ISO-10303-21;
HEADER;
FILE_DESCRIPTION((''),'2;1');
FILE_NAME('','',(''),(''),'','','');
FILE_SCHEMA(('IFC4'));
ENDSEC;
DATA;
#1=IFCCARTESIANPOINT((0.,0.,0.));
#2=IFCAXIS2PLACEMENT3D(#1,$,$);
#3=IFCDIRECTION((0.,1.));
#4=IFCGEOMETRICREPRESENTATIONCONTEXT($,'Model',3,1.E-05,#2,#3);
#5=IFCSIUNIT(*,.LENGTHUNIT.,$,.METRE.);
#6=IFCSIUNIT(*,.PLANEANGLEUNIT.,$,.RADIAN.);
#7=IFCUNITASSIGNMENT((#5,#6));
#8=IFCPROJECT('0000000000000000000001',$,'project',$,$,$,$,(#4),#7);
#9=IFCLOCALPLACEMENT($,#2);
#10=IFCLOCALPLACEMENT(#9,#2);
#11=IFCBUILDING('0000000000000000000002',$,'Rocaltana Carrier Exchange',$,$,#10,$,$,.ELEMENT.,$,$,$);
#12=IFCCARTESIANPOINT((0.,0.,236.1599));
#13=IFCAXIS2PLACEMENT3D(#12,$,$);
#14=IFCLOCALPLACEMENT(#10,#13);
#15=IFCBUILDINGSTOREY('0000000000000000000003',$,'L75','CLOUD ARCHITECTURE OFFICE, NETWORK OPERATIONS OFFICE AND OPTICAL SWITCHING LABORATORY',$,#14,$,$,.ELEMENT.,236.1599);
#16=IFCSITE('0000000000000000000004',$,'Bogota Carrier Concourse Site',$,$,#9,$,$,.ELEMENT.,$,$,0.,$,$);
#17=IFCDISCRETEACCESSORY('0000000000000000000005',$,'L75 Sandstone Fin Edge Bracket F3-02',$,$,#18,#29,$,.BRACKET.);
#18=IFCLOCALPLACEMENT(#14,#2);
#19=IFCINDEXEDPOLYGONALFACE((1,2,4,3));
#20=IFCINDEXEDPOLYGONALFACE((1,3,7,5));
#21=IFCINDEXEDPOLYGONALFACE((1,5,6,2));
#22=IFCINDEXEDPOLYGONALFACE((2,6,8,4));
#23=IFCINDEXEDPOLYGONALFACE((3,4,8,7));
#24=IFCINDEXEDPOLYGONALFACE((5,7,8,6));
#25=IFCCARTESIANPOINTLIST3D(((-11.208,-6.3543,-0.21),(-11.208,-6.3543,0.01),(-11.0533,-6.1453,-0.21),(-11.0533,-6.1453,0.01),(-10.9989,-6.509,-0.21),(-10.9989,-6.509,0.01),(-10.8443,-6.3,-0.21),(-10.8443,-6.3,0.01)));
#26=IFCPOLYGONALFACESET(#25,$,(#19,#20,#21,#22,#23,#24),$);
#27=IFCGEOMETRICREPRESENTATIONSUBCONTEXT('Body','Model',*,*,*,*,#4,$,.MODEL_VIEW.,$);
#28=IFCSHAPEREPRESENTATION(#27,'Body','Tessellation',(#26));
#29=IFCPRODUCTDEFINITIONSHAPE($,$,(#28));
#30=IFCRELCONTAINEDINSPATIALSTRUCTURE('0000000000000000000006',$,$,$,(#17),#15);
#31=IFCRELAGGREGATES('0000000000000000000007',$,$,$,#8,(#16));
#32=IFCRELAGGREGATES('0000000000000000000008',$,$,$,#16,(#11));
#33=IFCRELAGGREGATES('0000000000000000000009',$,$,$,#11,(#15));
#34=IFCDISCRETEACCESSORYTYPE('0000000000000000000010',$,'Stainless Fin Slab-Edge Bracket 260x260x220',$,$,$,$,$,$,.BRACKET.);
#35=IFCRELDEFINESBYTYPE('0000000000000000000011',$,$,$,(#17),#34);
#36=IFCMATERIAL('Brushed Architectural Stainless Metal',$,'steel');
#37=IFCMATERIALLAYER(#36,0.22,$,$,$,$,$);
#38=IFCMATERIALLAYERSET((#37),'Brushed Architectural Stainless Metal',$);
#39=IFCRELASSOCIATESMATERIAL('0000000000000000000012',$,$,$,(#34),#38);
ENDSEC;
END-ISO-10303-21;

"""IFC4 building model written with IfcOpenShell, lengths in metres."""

from ifc_helpers import new_model, si_unit, direction, frame, origin, origin_2d, place, context, subcontext, project, spatial, rectangle, extrude, material, layer, layer_set, type_object, element, save


model = new_model("IFC4")

# Units and contexts
model_context = context("Model", 3, precision=1e-05, world=origin(), true_north=direction((0.0, 1.0)))
body_context = subcontext(model_context, "Body", "Model", "MODEL_VIEW")
ifc_project = project(units=[si_unit("LENGTHUNIT", "METRE"), si_unit("PLANEANGLEUNIT", "RADIAN")], contexts=[model_context])

# Site, building, storey
site_placement = place(None, origin())
site = spatial("IfcSite", under=ifc_project, at=site_placement, Name="Bogota Carrier Concourse Site", CompositionType="ELEMENT", RefElevation=0.0)
building_placement = place(site_placement, origin())
building = spatial("IfcBuilding", under=site, at=building_placement, Name="Rocaltana Carrier Exchange", CompositionType="ELEMENT")
storey_placement = place(building_placement, frame((0.0, 0.0, 236.1599)))
storey = spatial("IfcBuildingStorey", under=building, at=storey_placement, Name="L75", Description="CLOUD ARCHITECTURE OFFICE, NETWORK OPERATIONS OFFICE AND OPTICAL SWITCHING LABORATORY", CompositionType="ELEMENT", Elevation=236.1599)

# Discrete accessory
ifc_material_1 = material(Name="Brushed Architectural Stainless Metal", Category="steel")
ifc_layer_1 = layer(ifc_material_1, 0.22)
ifc_layer_set_1 = layer_set([ifc_layer_1], Name="Brushed Architectural Stainless Metal")
discrete_accessory_type = type_object("IfcDiscreteAccessoryType", Name="Stainless Fin Slab-Edge Bracket 260x260x220", PredefinedType="BRACKET", material=ifc_layer_set_1)
for number, where, z_axis, x_axis, name in (
    (1, (-11.0261, -6.3271, -0.21), (0.0, 0.0, 1.0), (0.803857, -0.594823, 0.0), "L75 Sandstone Fin Edge Bracket F3-02"),
):
    element("IfcDiscreteAccessory", number, at=place(storey_placement, frame(where, z_axis=z_axis, x_axis=x_axis)), inside=storey, type_object=discrete_accessory_type, Name=name, PredefinedType="BRACKET", context=body_context, shape_type="SweptSolid", body=[
        extrude(rectangle(XDim=0.26, YDim=0.26, at=origin_2d()), origin(), (0.0, 0.0, 1.0), 0.22),
    ])

save(model, "model.ifc")
